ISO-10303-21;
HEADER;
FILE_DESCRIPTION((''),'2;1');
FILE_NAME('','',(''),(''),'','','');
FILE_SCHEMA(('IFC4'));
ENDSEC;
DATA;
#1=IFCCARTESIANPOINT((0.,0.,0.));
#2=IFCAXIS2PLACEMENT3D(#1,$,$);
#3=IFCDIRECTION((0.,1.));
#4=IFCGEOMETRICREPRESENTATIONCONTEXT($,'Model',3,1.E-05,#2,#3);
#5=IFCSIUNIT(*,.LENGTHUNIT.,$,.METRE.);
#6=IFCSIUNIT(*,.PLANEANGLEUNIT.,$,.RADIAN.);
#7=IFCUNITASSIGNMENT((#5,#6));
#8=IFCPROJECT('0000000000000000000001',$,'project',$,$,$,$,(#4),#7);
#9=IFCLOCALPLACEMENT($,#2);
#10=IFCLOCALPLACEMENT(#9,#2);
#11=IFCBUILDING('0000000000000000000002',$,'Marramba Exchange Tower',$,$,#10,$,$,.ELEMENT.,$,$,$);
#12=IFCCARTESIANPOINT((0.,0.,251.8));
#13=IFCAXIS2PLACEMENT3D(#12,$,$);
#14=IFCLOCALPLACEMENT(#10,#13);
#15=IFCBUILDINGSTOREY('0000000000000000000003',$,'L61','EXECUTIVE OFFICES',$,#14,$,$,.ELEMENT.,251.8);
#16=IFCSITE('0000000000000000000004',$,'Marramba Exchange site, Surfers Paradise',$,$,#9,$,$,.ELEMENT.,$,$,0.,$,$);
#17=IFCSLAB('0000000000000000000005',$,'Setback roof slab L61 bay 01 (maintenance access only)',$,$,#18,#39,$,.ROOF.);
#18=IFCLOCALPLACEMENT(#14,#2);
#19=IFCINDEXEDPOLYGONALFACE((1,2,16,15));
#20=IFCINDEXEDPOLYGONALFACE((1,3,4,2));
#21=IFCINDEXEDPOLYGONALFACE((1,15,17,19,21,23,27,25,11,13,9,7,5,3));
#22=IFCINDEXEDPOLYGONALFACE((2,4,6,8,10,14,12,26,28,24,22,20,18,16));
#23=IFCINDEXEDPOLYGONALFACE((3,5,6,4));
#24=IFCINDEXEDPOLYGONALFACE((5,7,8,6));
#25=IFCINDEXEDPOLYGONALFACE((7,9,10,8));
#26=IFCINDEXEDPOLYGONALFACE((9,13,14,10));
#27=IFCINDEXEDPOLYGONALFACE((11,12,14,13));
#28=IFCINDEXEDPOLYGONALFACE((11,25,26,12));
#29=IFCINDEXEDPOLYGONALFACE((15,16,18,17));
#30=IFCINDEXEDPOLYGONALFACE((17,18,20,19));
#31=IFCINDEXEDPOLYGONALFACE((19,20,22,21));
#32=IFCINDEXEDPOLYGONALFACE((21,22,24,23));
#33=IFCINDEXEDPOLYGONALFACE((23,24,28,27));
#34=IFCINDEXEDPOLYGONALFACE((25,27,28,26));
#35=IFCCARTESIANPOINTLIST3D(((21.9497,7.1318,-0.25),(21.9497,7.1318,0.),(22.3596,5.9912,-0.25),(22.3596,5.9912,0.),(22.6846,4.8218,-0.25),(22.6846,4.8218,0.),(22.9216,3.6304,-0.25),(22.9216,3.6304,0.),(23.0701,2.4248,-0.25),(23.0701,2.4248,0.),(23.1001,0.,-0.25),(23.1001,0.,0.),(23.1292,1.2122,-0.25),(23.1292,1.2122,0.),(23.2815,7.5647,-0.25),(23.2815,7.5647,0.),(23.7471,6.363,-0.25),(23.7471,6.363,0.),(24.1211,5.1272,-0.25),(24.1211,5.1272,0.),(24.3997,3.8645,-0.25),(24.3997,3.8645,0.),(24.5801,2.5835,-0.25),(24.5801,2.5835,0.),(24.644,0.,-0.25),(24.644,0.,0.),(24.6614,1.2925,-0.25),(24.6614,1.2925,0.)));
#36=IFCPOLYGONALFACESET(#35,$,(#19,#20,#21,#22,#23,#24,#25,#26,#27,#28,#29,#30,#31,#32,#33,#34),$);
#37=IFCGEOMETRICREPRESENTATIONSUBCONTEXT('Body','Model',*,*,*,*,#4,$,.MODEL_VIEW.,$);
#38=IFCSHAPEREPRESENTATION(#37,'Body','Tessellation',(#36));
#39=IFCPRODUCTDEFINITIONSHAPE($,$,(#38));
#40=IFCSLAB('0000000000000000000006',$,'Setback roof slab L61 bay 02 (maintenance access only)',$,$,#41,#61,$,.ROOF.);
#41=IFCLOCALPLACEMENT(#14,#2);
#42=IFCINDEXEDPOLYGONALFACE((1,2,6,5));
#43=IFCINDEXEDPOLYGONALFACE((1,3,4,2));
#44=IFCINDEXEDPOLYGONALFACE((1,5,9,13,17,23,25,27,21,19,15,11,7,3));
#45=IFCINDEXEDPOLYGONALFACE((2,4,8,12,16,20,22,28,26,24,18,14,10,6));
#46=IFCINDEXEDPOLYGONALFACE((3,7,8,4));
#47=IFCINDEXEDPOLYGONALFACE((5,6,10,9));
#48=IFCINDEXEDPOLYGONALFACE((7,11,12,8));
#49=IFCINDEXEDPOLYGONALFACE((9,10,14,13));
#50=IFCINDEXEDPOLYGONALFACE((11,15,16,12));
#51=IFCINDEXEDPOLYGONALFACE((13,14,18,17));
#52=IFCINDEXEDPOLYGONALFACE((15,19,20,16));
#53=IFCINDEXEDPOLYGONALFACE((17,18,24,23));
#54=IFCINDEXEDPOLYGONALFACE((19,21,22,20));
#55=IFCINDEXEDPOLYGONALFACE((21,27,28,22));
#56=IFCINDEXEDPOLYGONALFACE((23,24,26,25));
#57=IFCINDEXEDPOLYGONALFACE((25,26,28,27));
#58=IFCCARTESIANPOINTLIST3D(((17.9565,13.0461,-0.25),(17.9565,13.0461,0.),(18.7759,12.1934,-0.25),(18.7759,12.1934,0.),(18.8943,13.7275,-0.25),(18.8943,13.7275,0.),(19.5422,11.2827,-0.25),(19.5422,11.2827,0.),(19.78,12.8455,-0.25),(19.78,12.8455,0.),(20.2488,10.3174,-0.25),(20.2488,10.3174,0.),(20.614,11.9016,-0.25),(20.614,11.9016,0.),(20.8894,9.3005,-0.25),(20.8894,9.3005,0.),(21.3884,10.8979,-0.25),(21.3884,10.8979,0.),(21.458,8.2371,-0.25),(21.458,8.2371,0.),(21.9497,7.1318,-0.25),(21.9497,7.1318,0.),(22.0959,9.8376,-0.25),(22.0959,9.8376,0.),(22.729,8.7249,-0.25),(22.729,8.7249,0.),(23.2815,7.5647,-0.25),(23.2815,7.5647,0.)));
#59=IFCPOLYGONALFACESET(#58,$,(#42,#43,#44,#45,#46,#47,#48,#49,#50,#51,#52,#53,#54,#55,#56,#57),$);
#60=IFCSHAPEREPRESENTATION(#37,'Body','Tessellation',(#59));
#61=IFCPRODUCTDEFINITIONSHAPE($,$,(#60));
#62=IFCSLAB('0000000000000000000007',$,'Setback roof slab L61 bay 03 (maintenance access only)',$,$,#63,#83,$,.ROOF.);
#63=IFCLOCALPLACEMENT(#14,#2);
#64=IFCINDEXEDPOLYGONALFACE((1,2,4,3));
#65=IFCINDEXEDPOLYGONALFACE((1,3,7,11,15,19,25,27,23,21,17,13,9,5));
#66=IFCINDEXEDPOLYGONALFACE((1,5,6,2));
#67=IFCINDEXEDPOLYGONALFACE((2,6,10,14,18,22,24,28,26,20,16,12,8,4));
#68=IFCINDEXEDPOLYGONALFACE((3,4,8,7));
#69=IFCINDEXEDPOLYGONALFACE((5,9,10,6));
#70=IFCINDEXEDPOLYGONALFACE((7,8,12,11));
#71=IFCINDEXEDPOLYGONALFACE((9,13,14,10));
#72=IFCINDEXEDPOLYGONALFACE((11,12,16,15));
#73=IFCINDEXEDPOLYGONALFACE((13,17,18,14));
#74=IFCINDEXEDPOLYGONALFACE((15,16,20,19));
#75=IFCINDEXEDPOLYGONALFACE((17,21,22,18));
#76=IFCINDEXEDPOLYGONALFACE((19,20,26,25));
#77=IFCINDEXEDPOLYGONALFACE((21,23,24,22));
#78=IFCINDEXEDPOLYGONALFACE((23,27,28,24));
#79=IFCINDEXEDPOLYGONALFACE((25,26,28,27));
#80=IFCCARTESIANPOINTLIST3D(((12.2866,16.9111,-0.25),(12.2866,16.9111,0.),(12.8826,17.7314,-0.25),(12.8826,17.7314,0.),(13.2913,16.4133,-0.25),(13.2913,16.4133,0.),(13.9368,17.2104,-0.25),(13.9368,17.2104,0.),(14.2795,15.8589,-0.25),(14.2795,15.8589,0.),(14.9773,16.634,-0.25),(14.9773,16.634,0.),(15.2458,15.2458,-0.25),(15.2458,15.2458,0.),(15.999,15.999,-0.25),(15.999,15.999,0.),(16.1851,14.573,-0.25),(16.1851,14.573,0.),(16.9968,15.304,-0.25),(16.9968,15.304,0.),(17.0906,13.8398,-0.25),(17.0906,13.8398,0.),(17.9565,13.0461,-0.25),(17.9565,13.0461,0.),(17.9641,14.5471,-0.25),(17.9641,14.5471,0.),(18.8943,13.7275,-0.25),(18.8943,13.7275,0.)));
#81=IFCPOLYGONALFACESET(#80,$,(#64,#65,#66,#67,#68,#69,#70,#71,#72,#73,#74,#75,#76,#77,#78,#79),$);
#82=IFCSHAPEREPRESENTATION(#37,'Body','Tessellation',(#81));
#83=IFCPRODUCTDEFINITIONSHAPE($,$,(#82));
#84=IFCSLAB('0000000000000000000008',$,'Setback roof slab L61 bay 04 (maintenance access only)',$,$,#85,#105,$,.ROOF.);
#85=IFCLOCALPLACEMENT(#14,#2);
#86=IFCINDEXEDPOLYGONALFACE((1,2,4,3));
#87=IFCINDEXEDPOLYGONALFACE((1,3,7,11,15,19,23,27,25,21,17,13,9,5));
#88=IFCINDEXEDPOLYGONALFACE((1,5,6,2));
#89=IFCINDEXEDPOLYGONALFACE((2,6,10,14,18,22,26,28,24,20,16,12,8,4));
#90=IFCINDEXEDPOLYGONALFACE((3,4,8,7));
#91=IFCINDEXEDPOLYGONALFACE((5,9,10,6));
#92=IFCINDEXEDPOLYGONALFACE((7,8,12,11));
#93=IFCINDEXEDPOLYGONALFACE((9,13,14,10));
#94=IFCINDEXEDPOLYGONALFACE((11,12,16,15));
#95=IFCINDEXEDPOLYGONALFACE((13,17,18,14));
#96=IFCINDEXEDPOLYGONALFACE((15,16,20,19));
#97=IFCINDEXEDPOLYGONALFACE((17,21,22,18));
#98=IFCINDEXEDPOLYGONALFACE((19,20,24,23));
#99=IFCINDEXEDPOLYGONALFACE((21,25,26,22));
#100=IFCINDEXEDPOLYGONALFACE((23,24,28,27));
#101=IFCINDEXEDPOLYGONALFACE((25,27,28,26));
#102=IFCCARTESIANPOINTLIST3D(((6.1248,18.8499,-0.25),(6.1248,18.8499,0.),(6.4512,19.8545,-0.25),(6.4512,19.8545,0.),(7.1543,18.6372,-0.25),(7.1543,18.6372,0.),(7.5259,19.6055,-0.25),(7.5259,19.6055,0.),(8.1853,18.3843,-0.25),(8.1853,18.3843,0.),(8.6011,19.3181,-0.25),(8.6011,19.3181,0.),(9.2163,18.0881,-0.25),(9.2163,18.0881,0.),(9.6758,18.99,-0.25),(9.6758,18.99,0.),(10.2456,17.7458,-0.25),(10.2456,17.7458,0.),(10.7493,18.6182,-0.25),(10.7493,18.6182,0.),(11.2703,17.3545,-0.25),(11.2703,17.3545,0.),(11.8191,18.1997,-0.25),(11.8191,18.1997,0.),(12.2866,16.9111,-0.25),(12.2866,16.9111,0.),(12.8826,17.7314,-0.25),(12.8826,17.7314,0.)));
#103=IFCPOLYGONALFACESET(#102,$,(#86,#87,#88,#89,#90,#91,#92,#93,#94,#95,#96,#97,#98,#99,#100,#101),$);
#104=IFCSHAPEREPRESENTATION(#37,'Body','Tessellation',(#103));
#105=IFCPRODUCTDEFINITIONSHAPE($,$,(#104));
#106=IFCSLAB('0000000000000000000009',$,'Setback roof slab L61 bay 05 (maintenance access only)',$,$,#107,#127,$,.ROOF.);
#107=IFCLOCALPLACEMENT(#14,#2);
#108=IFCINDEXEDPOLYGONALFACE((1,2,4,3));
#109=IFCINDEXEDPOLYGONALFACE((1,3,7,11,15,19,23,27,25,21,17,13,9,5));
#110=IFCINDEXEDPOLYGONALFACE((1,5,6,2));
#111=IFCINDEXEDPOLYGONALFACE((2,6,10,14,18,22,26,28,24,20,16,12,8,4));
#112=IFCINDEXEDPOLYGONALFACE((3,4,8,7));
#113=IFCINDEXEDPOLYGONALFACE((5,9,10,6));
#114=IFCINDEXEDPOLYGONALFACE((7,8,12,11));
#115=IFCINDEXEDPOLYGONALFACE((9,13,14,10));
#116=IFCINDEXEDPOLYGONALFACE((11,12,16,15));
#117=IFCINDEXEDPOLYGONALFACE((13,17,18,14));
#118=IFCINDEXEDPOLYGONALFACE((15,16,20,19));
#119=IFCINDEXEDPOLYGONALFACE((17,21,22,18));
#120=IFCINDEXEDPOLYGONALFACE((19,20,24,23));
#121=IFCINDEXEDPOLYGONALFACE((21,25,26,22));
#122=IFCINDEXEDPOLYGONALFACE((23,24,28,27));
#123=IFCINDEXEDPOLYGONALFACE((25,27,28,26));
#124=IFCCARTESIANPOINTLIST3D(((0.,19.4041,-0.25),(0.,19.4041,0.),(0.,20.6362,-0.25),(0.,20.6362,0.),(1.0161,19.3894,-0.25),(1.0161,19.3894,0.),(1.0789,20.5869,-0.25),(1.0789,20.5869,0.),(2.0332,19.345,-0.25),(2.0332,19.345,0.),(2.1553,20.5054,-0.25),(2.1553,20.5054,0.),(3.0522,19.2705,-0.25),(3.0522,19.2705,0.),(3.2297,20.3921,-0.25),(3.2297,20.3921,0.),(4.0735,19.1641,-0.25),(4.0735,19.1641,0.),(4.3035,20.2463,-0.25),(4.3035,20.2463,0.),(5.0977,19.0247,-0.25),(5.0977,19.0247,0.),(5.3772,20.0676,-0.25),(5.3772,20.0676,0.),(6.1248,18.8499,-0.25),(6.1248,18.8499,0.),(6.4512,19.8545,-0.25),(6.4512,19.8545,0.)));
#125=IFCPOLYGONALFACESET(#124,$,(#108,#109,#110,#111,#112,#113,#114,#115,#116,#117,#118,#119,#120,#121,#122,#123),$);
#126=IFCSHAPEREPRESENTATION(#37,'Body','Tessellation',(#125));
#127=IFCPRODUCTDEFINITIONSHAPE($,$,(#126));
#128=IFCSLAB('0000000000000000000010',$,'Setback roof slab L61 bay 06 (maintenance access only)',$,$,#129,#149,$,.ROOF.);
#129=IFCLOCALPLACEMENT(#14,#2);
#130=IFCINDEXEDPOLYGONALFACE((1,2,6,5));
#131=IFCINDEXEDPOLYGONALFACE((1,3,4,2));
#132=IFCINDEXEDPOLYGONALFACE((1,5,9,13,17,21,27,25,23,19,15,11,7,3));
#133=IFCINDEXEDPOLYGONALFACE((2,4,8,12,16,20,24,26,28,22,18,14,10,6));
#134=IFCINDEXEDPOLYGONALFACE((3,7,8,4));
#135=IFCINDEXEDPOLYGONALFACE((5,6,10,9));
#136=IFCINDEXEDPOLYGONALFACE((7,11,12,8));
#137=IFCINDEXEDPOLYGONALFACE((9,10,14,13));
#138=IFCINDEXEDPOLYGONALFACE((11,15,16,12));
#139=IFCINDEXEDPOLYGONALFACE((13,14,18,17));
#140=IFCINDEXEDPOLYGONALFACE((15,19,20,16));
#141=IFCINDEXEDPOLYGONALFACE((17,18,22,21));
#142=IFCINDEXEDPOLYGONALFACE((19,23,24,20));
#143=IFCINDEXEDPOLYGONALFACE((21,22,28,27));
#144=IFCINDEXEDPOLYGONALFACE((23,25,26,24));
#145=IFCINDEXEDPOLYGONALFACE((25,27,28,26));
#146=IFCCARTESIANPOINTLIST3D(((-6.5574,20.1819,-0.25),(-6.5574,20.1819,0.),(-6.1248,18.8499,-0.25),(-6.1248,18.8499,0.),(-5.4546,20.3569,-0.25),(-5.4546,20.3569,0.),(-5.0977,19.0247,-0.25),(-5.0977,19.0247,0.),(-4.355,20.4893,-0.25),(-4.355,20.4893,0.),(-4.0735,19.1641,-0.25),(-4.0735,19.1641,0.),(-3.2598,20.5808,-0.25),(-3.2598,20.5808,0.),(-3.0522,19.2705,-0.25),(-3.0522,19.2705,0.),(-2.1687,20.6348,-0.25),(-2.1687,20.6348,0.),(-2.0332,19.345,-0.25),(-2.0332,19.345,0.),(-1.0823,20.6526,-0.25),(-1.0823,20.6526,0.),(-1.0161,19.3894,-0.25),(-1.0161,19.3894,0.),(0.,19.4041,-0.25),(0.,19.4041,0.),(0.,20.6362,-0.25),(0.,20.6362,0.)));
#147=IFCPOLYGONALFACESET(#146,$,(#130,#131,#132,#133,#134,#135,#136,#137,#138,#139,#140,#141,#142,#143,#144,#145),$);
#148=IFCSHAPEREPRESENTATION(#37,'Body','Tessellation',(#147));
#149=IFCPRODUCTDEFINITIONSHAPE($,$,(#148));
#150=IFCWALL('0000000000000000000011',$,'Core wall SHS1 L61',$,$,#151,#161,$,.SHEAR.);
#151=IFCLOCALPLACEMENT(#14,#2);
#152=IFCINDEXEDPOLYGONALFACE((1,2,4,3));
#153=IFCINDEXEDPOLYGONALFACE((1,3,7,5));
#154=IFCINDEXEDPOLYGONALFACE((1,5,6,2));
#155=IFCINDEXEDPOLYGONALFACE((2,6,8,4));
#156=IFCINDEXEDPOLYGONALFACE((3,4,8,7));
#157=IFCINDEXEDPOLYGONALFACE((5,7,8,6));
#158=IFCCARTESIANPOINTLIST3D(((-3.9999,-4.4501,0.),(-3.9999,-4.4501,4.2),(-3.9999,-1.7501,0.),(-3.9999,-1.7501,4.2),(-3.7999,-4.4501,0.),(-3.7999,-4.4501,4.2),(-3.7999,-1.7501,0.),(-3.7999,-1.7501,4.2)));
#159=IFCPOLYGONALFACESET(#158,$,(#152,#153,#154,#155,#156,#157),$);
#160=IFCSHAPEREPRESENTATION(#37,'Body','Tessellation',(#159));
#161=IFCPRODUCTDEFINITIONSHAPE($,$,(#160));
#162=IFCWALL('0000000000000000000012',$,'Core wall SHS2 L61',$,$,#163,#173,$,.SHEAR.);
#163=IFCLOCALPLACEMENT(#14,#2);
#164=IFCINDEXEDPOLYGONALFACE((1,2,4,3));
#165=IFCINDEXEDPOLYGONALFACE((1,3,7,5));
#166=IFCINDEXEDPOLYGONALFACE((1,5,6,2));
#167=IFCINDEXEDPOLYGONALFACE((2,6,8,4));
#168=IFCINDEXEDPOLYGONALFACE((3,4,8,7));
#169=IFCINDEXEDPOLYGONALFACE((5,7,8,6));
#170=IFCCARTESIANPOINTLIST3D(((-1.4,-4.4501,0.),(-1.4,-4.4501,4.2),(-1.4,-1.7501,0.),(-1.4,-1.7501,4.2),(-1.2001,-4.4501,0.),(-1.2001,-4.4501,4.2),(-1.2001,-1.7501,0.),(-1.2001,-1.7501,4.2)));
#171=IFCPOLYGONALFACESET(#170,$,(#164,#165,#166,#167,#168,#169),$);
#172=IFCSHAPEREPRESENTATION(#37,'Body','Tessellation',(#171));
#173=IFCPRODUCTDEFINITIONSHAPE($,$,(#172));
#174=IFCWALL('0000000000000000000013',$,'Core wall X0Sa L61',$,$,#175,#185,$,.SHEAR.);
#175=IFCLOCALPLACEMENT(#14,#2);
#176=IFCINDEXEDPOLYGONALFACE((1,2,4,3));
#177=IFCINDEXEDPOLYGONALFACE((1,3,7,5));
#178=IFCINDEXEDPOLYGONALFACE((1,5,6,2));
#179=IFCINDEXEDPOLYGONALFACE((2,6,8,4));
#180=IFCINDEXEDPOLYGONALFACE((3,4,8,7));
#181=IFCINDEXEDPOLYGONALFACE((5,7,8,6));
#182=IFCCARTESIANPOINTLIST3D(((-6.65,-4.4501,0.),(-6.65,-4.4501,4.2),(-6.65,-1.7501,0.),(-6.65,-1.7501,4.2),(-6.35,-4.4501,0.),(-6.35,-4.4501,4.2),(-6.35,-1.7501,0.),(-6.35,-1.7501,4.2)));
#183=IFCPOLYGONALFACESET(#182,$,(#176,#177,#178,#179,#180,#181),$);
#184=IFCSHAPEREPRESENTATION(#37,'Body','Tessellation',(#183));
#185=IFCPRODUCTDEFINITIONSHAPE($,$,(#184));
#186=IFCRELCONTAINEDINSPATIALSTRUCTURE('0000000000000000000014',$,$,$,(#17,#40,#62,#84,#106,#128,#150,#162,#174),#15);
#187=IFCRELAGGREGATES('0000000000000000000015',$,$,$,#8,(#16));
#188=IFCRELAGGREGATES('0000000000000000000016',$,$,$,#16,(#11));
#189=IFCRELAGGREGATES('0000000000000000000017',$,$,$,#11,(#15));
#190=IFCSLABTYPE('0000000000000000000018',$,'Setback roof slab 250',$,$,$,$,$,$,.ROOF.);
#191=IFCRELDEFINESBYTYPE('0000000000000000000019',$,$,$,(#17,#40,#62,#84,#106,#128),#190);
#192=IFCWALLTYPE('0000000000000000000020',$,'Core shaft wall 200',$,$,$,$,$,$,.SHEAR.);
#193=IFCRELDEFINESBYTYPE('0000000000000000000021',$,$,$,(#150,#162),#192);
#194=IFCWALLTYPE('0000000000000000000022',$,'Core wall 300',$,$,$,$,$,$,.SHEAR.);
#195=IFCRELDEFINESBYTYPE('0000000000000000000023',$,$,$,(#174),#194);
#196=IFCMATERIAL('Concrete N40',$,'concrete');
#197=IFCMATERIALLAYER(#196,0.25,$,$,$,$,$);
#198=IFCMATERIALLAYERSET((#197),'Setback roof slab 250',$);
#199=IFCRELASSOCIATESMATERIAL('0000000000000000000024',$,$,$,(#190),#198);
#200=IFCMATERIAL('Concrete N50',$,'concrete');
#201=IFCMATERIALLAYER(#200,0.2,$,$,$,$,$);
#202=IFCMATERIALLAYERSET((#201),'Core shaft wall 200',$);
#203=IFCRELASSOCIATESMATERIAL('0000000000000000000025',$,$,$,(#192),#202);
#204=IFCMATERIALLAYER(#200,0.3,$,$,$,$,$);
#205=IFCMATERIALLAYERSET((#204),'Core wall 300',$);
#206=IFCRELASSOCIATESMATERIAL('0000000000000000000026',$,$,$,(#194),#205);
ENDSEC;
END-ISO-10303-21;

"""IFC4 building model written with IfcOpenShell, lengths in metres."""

from ifc_helpers import new_model, si_unit, direction, frame, frame_2d, origin, place, context, subcontext, project, spatial, polyline, rectangle, outline, extrude, material, layer, layer_set, type_object, element, save


model = new_model("IFC4")

# Units and contexts
model_context = context("Model", 3, precision=1e-05, world=origin(), true_north=direction((0.0, 1.0)))
body_context = subcontext(model_context, "Body", "Model", "MODEL_VIEW")
ifc_project = project(units=[si_unit("LENGTHUNIT", "METRE"), si_unit("PLANEANGLEUNIT", "RADIAN")], contexts=[model_context])

# Site, building, storey
site_placement = place(None, origin())
site = spatial("IfcSite", under=ifc_project, at=site_placement, Name="Marramba Exchange site, Surfers Paradise", CompositionType="ELEMENT", RefElevation=0.0)
building_placement = place(site_placement, origin())
building = spatial("IfcBuilding", under=site, at=building_placement, Name="Marramba Exchange Tower", CompositionType="ELEMENT")
storey_placement = place(building_placement, frame((0.0, 0.0, 251.8)))
storey = spatial("IfcBuildingStorey", under=building, at=storey_placement, Name="L61", Description="EXECUTIVE OFFICES", CompositionType="ELEMENT", Elevation=251.8)

# Shared definitions
ifc_material_1 = material(Name="Concrete N50", Category="concrete")

# Slabs
ifc_material_2 = material(Name="Concrete N40", Category="concrete")
ifc_layer_1 = layer(ifc_material_2, 0.25)
ifc_layer_set_1 = layer_set([ifc_layer_1], Name="Setback roof slab 250")
slab_type_1 = type_object("IfcSlabType", Name="Setback roof slab 250", PredefinedType="ROOF", material=ifc_layer_set_1)
slab_1_placement = place(storey_placement, frame((0.0, 0.0, -0.25)))
element("IfcSlab", 1, at=slab_1_placement, inside=storey, type_object=slab_type_1, Name="Setback roof slab L61 bay 01 (maintenance access only)", PredefinedType="ROOF", context=body_context, shape_type="SweptSolid", body=[
    extrude(outline(polyline([(23.2815, 7.5647), (23.7471, 6.363), (24.1211, 5.1272), (24.3997, 3.8645), (24.5801, 2.5835), (24.6614, 1.2925), (24.644, 0.0), (23.1001, 0.0), (23.1292, 1.2122), (23.0701, 2.4248), (22.9216, 3.6304), (22.6846, 4.8218), (22.3596, 5.9912), (21.9497, 7.1318), (23.2815, 7.5647)])), origin(), (0.0, 0.0, 1.0), 0.25),
])
slab_2_placement = place(storey_placement, frame((0.0, 0.0, -0.25)))
element("IfcSlab", 2, at=slab_2_placement, inside=storey, type_object=slab_type_1, Name="Setback roof slab L61 bay 02 (maintenance access only)", PredefinedType="ROOF", context=body_context, shape_type="SweptSolid", body=[
    extrude(outline(polyline([(19.78, 12.8455), (20.614, 11.9016), (21.3884, 10.8979), (22.0959, 9.8376), (22.729, 8.7249), (23.2815, 7.5647), (21.9497, 7.1318), (21.458, 8.2371), (20.8894, 9.3005), (20.2488, 10.3174), (19.5422, 11.2827), (18.7759, 12.1934), (17.9565, 13.0461), (18.8943, 13.7275), (19.78, 12.8455)])), origin(), (0.0, 0.0, 1.0), 0.25),
])
slab_3_placement = place(storey_placement, frame((0.0, 0.0, -0.25)))
element("IfcSlab", 3, at=slab_3_placement, inside=storey, type_object=slab_type_1, Name="Setback roof slab L61 bay 03 (maintenance access only)", PredefinedType="ROOF", context=body_context, shape_type="SweptSolid", body=[
    extrude(outline(polyline([(12.8826, 17.7314), (13.9368, 17.2104), (14.9773, 16.634), (15.999, 15.999), (16.9968, 15.304), (17.9641, 14.5471), (18.8943, 13.7275), (17.9565, 13.0461), (17.0906, 13.8398), (16.1851, 14.573), (15.2458, 15.2458), (14.2795, 15.8589), (13.2913, 16.4133), (12.2866, 16.9111), (12.8826, 17.7314)])), origin(), (0.0, 0.0, 1.0), 0.25),
])
slab_4_placement = place(storey_placement, frame((0.0, 0.0, -0.25)))
element("IfcSlab", 4, at=slab_4_placement, inside=storey, type_object=slab_type_1, Name="Setback roof slab L61 bay 04 (maintenance access only)", PredefinedType="ROOF", context=body_context, shape_type="SweptSolid", body=[
    extrude(outline(polyline([(6.4512, 19.8545), (7.5259, 19.6055), (8.6011, 19.3181), (9.6758, 18.99), (10.7493, 18.6182), (11.8191, 18.1997), (12.8826, 17.7314), (12.2866, 16.9111), (11.2703, 17.3545), (10.2456, 17.7458), (9.2163, 18.0881), (8.1853, 18.3843), (7.1543, 18.6372), (6.1248, 18.8499), (6.4512, 19.8545)])), origin(), (0.0, 0.0, 1.0), 0.25),
])
slab_5_placement = place(storey_placement, frame((0.0, 0.0, -0.25)))
element("IfcSlab", 5, at=slab_5_placement, inside=storey, type_object=slab_type_1, Name="Setback roof slab L61 bay 05 (maintenance access only)", PredefinedType="ROOF", context=body_context, shape_type="SweptSolid", body=[
    extrude(outline(polyline([(1.0789, 20.5869), (2.1553, 20.5054), (3.2297, 20.3921), (4.3035, 20.2463), (5.3772, 20.0676), (6.4512, 19.8545), (6.1248, 18.8499), (5.0977, 19.0247), (4.0735, 19.1641), (3.0522, 19.2705), (2.0332, 19.345), (1.0161, 19.3894), (0.0, 19.4041), (0.0, 20.6362), (1.0789, 20.5869)])), origin(), (0.0, 0.0, 1.0), 0.25),
])
slab_6_placement = place(storey_placement, frame((0.0, 0.0, -0.25)))
element("IfcSlab", 6, at=slab_6_placement, inside=storey, type_object=slab_type_1, Name="Setback roof slab L61 bay 06 (maintenance access only)", PredefinedType="ROOF", context=body_context, shape_type="SweptSolid", body=[
    extrude(outline(polyline([(-6.5574, 20.1819), (-5.4546, 20.3569), (-4.355, 20.4893), (-3.2598, 20.5808), (-2.1687, 20.6348), (-1.0823, 20.6526), (0.0, 20.6362), (0.0, 19.4041), (-1.0161, 19.3894), (-2.0332, 19.345), (-3.0522, 19.2705), (-4.0735, 19.1641), (-5.0977, 19.0247), (-6.1248, 18.8499), (-6.5574, 20.1819)])), origin(), (0.0, 0.0, 1.0), 0.25),
])

# Walls
ifc_layer_2 = layer(ifc_material_1, 0.2)
ifc_layer_set_2 = layer_set([ifc_layer_2], Name="Core shaft wall 200")
wall_type_1 = type_object("IfcWallType", Name="Core shaft wall 200", PredefinedType="SHEAR", material=ifc_layer_set_2)
for number, where, z_axis, x_axis, name in (
    (7, (-3.8999, -1.75, 0.0), (0.0, 0.0, 1.0), (0.0, -1.0, 0.0), "Core wall SHS1 L61"),
    (8, (-1.3, -1.75, 0.0), (0.0, 0.0, 1.0), (0.0, -1.0, 0.0), "Core wall SHS2 L61"),
):
    element("IfcWall", number, at=place(storey_placement, frame(where, z_axis=z_axis, x_axis=x_axis)), inside=storey, type_object=wall_type_1, Name=name, PredefinedType="SHEAR", context=body_context, shape_type="SweptSolid", body=[
        extrude(rectangle(XDim=2.7, YDim=0.2, at=frame_2d((1.3501, 0.0))), origin(), (0.0, 0.0, 1.0), 4.2),
    ])
ifc_layer_3 = layer(ifc_material_1, 0.3)
ifc_layer_set_3 = layer_set([ifc_layer_3], Name="Core wall 300")
wall_type_2 = type_object("IfcWallType", Name="Core wall 300", PredefinedType="SHEAR", material=ifc_layer_set_3)
wall_1_placement = place(storey_placement, frame((-6.5, -1.75, 0.0), z_axis=(0.0, 0.0, 1.0), x_axis=(0.0, -1.0, 0.0)))
element("IfcWall", 9, at=wall_1_placement, inside=storey, type_object=wall_type_2, Name="Core wall X0Sa L61", PredefinedType="SHEAR", context=body_context, shape_type="SweptSolid", body=[
    extrude(rectangle(XDim=2.7, YDim=0.3, at=frame_2d((1.3501, 0.0))), origin(), (0.0, 0.0, 1.0), 4.2),
])

save(model, "model.ifc")
